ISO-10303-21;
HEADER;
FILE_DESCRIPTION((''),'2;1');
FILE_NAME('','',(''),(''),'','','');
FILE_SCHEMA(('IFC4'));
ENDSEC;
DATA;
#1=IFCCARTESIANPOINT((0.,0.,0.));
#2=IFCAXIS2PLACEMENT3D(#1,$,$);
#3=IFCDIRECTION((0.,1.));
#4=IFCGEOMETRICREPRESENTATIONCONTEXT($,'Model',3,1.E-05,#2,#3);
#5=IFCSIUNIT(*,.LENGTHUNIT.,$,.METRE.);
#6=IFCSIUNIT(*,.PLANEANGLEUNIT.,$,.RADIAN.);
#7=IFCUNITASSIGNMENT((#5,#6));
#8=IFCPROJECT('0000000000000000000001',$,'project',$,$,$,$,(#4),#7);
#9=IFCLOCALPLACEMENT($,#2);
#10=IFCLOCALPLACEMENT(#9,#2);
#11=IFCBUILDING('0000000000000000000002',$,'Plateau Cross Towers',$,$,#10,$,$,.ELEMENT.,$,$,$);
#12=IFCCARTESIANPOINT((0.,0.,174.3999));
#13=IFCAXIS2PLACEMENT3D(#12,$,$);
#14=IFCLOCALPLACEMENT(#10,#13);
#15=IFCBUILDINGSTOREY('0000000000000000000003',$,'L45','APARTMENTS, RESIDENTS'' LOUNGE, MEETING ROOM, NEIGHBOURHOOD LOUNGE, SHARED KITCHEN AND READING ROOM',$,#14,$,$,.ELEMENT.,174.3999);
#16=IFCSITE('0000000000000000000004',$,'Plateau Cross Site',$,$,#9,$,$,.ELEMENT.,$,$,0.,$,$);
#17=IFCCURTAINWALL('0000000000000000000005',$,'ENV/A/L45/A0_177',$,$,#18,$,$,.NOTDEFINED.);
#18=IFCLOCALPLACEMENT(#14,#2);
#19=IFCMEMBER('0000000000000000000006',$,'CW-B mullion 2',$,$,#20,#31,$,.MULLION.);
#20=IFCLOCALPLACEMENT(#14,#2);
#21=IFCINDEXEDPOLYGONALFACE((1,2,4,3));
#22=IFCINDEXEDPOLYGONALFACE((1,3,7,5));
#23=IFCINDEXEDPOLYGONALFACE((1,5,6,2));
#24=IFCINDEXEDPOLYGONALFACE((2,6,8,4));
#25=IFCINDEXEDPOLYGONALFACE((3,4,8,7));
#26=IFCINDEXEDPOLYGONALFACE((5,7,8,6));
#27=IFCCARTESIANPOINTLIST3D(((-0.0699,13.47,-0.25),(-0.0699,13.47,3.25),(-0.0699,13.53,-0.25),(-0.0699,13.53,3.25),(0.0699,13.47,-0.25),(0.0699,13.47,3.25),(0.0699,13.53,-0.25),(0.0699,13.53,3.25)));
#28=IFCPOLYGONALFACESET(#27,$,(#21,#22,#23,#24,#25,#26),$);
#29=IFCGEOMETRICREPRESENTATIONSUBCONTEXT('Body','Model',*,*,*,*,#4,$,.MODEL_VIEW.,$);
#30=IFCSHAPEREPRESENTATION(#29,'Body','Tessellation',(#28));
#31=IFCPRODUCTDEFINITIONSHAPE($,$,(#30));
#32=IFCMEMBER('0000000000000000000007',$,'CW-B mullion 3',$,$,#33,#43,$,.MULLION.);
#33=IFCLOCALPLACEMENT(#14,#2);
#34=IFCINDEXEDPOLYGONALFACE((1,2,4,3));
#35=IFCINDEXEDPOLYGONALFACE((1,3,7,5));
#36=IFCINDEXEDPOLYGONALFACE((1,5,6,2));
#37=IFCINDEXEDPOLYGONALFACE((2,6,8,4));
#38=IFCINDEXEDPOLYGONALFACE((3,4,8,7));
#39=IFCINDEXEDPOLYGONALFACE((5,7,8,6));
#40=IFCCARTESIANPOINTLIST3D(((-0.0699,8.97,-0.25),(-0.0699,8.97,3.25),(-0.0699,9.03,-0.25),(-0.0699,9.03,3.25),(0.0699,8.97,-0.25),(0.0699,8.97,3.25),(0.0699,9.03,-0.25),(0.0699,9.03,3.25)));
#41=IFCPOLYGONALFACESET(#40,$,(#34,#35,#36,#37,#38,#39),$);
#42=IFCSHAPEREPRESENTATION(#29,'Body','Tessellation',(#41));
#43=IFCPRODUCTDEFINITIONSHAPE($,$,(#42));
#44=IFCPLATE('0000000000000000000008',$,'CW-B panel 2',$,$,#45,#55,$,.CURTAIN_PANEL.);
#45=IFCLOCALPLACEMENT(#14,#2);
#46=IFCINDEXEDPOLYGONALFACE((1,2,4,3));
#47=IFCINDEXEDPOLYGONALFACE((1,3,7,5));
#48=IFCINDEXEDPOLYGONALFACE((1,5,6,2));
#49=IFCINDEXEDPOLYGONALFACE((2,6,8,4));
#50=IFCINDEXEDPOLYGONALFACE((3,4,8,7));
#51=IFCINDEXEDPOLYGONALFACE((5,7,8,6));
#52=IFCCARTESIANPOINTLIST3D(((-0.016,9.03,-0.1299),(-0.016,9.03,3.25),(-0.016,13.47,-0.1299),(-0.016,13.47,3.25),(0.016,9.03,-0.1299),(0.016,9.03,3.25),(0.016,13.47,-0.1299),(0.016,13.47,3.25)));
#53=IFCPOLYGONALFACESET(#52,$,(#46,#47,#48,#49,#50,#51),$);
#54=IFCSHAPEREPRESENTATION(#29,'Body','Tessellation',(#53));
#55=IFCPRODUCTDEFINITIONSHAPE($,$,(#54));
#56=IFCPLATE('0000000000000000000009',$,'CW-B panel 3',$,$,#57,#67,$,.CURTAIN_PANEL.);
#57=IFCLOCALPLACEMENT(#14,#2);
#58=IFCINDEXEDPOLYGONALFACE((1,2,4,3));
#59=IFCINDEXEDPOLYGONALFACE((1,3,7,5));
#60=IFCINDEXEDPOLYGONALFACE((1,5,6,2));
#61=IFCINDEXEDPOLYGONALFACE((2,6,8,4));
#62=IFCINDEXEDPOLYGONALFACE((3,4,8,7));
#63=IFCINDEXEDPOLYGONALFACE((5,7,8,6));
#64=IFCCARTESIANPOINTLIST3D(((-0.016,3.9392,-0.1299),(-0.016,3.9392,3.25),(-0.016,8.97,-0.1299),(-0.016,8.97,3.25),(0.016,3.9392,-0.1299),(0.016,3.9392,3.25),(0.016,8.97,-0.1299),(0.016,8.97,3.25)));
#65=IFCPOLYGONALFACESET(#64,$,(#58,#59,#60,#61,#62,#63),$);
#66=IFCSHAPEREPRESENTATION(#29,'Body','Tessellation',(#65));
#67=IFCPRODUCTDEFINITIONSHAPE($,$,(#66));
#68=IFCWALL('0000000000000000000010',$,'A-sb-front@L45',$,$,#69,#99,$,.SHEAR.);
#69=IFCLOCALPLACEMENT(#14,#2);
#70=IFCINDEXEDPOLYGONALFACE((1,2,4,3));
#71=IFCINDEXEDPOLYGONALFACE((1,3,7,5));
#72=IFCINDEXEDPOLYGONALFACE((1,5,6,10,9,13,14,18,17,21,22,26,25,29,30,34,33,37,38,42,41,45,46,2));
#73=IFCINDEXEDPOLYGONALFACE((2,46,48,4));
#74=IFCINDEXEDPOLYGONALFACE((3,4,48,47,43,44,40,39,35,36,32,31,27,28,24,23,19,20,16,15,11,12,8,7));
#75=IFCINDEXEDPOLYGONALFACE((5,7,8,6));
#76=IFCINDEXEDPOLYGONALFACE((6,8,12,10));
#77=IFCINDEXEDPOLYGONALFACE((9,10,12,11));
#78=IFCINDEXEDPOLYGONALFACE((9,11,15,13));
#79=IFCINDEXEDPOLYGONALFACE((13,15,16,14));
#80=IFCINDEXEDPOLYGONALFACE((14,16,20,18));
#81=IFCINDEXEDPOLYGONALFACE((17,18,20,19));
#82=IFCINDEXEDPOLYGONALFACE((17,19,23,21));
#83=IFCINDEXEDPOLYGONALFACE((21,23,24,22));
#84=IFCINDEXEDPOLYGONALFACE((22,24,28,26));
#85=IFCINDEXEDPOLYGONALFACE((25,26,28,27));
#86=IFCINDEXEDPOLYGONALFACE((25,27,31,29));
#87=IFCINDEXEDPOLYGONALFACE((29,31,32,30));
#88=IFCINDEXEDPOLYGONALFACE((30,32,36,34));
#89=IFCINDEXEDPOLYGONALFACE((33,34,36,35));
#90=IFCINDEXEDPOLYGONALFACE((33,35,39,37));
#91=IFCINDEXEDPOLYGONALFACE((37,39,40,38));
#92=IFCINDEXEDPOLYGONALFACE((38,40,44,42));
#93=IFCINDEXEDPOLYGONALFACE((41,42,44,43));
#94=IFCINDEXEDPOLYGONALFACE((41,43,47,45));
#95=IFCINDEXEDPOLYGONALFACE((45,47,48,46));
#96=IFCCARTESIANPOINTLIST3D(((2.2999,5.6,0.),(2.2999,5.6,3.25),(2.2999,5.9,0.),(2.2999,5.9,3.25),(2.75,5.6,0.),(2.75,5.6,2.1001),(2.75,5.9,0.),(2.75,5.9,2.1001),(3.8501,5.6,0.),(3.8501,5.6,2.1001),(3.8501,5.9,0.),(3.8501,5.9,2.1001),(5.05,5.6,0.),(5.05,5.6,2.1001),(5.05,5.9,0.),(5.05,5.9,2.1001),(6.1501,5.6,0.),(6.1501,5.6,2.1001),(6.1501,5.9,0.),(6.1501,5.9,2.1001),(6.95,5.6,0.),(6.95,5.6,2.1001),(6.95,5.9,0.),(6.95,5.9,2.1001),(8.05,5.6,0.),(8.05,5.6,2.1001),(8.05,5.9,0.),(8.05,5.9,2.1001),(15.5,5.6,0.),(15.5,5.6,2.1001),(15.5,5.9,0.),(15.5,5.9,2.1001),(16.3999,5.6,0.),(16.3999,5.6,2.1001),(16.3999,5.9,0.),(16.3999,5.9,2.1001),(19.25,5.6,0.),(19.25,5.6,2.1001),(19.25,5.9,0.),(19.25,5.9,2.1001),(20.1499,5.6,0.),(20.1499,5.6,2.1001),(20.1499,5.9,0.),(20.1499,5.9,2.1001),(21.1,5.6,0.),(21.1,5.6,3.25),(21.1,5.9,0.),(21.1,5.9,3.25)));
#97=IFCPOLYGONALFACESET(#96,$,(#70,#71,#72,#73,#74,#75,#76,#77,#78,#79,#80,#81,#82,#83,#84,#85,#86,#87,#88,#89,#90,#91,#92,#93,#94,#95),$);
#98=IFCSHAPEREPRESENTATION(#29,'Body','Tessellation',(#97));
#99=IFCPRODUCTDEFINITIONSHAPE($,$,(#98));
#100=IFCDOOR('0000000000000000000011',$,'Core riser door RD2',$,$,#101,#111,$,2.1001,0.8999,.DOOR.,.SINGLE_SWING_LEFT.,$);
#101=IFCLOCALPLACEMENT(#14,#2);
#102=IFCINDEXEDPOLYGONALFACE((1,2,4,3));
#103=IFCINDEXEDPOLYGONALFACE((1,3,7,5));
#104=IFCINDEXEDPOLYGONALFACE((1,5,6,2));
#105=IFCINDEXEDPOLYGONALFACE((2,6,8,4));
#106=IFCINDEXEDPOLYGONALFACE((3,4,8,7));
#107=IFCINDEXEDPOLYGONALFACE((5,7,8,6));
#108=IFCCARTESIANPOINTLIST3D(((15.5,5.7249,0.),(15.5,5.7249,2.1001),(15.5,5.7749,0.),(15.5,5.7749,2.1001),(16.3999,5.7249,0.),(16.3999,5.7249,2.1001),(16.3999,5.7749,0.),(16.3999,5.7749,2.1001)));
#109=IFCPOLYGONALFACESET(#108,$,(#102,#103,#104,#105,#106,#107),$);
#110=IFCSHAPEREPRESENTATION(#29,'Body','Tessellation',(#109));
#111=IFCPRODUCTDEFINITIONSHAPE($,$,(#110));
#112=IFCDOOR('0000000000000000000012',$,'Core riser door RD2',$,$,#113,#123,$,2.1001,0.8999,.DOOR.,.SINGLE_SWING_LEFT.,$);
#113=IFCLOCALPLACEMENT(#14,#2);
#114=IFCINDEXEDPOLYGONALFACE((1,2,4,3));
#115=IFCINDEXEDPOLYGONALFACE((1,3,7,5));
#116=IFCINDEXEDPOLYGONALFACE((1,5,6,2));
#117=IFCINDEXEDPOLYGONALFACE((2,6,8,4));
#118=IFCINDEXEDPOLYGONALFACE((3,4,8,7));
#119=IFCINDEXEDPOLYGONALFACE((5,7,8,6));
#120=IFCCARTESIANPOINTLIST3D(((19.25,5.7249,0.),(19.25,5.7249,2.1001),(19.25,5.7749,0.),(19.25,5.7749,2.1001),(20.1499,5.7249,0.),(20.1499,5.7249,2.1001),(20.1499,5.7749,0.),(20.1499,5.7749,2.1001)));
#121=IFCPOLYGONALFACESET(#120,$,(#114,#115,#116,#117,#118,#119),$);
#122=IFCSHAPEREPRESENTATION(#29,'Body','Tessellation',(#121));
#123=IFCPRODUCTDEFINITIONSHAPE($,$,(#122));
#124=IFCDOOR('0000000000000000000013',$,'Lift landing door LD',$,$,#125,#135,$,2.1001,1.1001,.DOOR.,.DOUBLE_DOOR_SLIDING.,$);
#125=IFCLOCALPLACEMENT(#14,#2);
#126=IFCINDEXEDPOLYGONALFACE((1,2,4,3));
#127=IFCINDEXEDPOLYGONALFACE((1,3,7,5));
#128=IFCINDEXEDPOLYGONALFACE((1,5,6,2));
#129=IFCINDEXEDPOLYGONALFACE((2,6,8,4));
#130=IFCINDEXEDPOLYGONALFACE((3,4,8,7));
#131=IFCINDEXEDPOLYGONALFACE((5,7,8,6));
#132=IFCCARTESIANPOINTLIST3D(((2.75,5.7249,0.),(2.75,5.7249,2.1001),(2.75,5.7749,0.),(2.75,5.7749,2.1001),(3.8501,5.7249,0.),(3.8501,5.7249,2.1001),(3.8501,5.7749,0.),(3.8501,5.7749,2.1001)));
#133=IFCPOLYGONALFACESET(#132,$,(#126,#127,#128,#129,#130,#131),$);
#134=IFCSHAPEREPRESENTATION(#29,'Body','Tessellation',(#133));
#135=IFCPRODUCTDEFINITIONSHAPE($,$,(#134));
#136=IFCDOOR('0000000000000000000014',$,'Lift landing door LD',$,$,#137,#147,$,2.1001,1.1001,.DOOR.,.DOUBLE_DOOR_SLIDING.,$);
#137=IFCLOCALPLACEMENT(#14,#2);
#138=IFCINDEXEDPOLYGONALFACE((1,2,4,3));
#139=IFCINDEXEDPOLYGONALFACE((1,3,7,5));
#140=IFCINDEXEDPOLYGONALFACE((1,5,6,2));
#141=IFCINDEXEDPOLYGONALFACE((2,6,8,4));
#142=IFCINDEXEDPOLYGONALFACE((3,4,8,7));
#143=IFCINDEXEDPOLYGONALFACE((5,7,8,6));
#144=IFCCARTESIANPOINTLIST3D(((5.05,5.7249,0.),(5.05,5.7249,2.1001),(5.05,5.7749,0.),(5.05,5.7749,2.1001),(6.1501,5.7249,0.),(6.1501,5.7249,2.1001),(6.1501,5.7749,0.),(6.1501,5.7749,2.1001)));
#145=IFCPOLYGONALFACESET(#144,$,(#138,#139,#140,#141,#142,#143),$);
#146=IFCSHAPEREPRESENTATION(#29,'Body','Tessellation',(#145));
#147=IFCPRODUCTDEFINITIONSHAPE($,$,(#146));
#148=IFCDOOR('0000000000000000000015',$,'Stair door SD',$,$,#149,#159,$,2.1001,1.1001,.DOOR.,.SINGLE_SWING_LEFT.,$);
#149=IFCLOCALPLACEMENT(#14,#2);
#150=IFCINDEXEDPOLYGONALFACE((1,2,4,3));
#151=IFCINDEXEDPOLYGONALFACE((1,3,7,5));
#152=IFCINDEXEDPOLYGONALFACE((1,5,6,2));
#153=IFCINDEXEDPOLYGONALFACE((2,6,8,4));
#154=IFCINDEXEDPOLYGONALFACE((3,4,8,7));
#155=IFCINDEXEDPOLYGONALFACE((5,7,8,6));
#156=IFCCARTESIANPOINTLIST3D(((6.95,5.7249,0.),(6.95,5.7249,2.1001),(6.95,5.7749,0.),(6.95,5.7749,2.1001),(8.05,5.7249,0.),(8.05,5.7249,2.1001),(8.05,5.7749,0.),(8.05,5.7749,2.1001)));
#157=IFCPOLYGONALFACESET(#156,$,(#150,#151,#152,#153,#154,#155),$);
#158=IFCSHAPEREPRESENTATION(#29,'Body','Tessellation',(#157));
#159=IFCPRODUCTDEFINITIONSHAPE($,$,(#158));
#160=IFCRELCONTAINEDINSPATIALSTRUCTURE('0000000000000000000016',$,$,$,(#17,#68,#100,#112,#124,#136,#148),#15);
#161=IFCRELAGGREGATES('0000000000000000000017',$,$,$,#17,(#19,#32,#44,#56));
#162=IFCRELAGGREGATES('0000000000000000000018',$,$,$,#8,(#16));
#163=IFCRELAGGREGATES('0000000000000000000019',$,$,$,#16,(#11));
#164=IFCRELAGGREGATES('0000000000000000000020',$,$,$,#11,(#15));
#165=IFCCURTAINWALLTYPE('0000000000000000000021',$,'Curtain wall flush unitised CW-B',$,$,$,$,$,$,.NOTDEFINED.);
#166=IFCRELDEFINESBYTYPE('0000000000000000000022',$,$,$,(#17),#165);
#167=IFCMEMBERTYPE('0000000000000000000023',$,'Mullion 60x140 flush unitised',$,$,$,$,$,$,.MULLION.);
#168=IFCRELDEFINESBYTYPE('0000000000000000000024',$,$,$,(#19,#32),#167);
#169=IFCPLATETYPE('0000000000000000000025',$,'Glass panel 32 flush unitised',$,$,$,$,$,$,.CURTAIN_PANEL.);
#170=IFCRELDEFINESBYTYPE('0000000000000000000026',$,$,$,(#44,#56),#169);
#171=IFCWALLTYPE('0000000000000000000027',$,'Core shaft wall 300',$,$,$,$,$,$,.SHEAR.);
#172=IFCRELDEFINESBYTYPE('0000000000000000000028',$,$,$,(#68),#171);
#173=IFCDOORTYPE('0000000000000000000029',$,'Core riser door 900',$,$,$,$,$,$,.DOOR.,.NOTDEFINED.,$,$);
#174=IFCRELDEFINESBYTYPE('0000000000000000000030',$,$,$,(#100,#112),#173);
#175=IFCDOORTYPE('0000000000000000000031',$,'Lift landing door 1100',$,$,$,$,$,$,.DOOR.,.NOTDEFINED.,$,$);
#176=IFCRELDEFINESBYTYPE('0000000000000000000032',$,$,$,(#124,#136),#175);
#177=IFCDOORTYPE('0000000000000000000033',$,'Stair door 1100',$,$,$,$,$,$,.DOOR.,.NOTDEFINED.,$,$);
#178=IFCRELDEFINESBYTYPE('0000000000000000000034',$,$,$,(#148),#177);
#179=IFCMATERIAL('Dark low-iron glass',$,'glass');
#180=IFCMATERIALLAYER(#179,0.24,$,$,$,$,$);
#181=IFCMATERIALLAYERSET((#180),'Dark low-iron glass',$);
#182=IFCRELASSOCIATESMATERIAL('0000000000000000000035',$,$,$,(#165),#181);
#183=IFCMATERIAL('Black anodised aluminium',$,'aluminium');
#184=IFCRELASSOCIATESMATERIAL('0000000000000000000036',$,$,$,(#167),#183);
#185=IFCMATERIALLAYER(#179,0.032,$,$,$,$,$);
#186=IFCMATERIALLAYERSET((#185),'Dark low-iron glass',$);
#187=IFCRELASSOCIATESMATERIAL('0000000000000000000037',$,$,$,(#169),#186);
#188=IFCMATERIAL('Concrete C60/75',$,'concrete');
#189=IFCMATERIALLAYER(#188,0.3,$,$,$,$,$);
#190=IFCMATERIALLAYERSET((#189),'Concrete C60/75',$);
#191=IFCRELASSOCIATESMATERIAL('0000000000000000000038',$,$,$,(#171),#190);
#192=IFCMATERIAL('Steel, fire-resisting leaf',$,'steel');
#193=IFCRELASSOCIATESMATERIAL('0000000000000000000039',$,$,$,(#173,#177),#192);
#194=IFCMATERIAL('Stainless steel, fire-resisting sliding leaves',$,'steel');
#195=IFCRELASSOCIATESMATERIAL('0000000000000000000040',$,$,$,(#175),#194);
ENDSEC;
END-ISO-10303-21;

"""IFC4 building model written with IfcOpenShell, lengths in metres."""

from ifc_helpers import new_model, si_unit, direction, frame, frame_2d, origin, origin_2d, place, context, subcontext, project, spatial, rectangle, extrude, material, layer, layer_set, material_profile, profile_set, type_object, element, fill, aggregate, save


model = new_model("IFC4")

# Units and contexts
model_context = context("Model", 3, precision=1e-05, world=origin(), true_north=direction((0.0, 1.0)))
body_context = subcontext(model_context, "Body", "Model", "MODEL_VIEW")
ifc_project = project(units=[si_unit("LENGTHUNIT", "METRE"), si_unit("PLANEANGLEUNIT", "RADIAN")], contexts=[model_context])

# Site, building, storey
site_placement = place(None, origin())
site = spatial("IfcSite", under=ifc_project, at=site_placement, Name="Plateau Cross Site", CompositionType="ELEMENT", RefElevation=0.0)
building_placement = place(site_placement, origin())
building = spatial("IfcBuilding", under=site, at=building_placement, Name="Plateau Cross Towers", CompositionType="ELEMENT")
storey_placement = place(building_placement, frame((0.0, 0.0, 174.3999)))
storey = spatial("IfcBuildingStorey", under=building, at=storey_placement, Name="L45", Description="APARTMENTS, RESIDENTS' LOUNGE, MEETING ROOM, NEIGHBOURHOOD LOUNGE, SHARED KITCHEN AND READING ROOM", CompositionType="ELEMENT", Elevation=174.3999)

# Curtain wall, members, plates
ifc_material_1 = material(Name="Dark low-iron glass", Category="glass")
ifc_layer_1 = layer(ifc_material_1, 0.24)
ifc_layer_set_1 = layer_set([ifc_layer_1], Name="Dark low-iron glass")
curtain_wall_type = type_object("IfcCurtainWallType", Name="Curtain wall flush unitised CW-B", PredefinedType="NOTDEFINED", material=ifc_layer_set_1)
curtain_wall_placement = place(storey_placement, origin())
curtain_wall = element("IfcCurtainWall", 1, at=curtain_wall_placement, inside=storey, type_object=curtain_wall_type, Name="ENV/A/L45/A0_177", PredefinedType="NOTDEFINED")
ifc_material_2 = material(Name="Black anodised aluminium", Category="aluminium")
ifc_material_profile = material_profile(ifc_material_2, rectangle(XDim=0.0601, YDim=0.1399, at=origin_2d()), Name="MULLION 60x140")
ifc_profile_set = profile_set([ifc_material_profile], Name="Black anodised aluminium")
member_type = type_object("IfcMemberType", Name="Mullion 60x140 flush unitised", PredefinedType="MULLION", material=ifc_profile_set)
member_1_placement = place(storey_placement, frame((0.0, 13.5, -0.25), z_axis=(0.0, 0.0, 1.0), x_axis=(0.0, -1.0, 0.0)))
member_1 = element("IfcMember", 2, at=member_1_placement, type_object=member_type, Name="CW-B mullion 2", PredefinedType="MULLION", context=body_context, shape_type="SweptSolid", body=[
    extrude(rectangle(XDim=0.0601, YDim=0.1399, at=origin_2d()), origin(), (0.0, 0.0, 1.0), 3.5),
])
member_2_placement = place(storey_placement, frame((0.0, 9.0, -0.25), z_axis=(0.0, 0.0, 1.0), x_axis=(0.0, -1.0, 0.0)))
member_2 = element("IfcMember", 3, at=member_2_placement, type_object=member_type, Name="CW-B mullion 3", PredefinedType="MULLION", context=body_context, shape_type="SweptSolid", body=[
    extrude(rectangle(XDim=0.0601, YDim=0.1399, at=origin_2d()), origin(), (0.0, 0.0, 1.0), 3.5),
])
ifc_layer_2 = layer(ifc_material_1, 0.032)
ifc_layer_set_2 = layer_set([ifc_layer_2], Name="Dark low-iron glass")
plate_type = type_object("IfcPlateType", Name="Glass panel 32 flush unitised", PredefinedType="CURTAIN_PANEL", material=ifc_layer_set_2)
plate_1_placement = place(storey_placement, frame((0.0, 11.25, -0.1299), z_axis=(0.0, 0.0, 1.0), x_axis=(0.0, -1.0, 0.0)))
plate_1 = element("IfcPlate", 4, at=plate_1_placement, type_object=plate_type, Name="CW-B panel 2", PredefinedType="CURTAIN_PANEL", context=body_context, shape_type="SweptSolid", body=[
    extrude(rectangle(XDim=4.4399, YDim=0.032, at=origin_2d()), origin(), (0.0, 0.0, 1.0), 3.3799),
])
plate_2_placement = place(storey_placement, frame((0.0, 6.4546, -0.1299), z_axis=(0.0, 0.0, 1.0), x_axis=(0.0, -1.0, 0.0)))
plate_2 = element("IfcPlate", 5, at=plate_2_placement, type_object=plate_type, Name="CW-B panel 3", PredefinedType="CURTAIN_PANEL", context=body_context, shape_type="SweptSolid", body=[
    extrude(rectangle(XDim=5.0308, YDim=0.032, at=origin_2d()), origin(), (0.0, 0.0, 1.0), 3.3799),
])
aggregate(curtain_wall, [member_1, member_2, plate_1, plate_2])

# Wall, openings, doors
ifc_material_3 = material(Name="Concrete C60/75", Category="concrete")
ifc_layer_3 = layer(ifc_material_3, 0.3)
ifc_layer_set_3 = layer_set([ifc_layer_3], Name="Concrete C60/75")
wall_type = type_object("IfcWallType", Name="Core shaft wall 300", PredefinedType="SHEAR", material=ifc_layer_set_3)
wall_1_placement = place(storey_placement, frame((2.3, 5.75, 0.0), z_axis=(0.0, 0.0, 1.0), x_axis=(1.0, 0.0, 0.0)))
wall_1 = element("IfcWall", 6, at=wall_1_placement, inside=storey, type_object=wall_type, Name="A-sb-front@L45", PredefinedType="SHEAR", context=body_context, shape_type="SweptSolid", body=[
    extrude(rectangle(XDim=18.8, YDim=0.3, at=frame_2d((9.3999, 0.0))), origin(), (0.0, 0.0, 1.0), 3.25),
])
opening_1_placement = place(wall_1_placement, frame((4.6499, 0.0, 0.0)))
opening_1 = element("IfcOpeningElement", 7, at=opening_1_placement, cuts=wall_1, PredefinedType="OPENING", context=body_context, shape_type="SweptSolid", body=[
    extrude(rectangle(XDim=1.1001, YDim=2.1001, at=frame_2d((0.55, 1.05))), frame((0.0, 0.1599, 0.0), z_axis=(0.0, -1.0, 0.0), x_axis=(1.0, 0.0, 0.0)), (0.0, 0.0, 1.0), 0.3201),
])
opening_2_placement = place(wall_1_placement, frame((0.45, 0.0, 0.0)))
opening_2 = element("IfcOpeningElement", 8, at=opening_2_placement, cuts=wall_1, PredefinedType="OPENING", context=body_context, shape_type="SweptSolid", body=[
    extrude(rectangle(XDim=1.1001, YDim=2.1001, at=frame_2d((0.55, 1.05))), frame((0.0, 0.1599, 0.0), z_axis=(0.0, -1.0, 0.0), x_axis=(1.0, 0.0, 0.0)), (0.0, 0.0, 1.0), 0.3201),
])
opening_3_placement = place(wall_1_placement, frame((2.75, 0.0, 0.0)))
opening_3 = element("IfcOpeningElement", 9, at=opening_3_placement, cuts=wall_1, PredefinedType="OPENING", context=body_context, shape_type="SweptSolid", body=[
    extrude(rectangle(XDim=1.1001, YDim=2.1001, at=frame_2d((0.55, 1.05))), frame((0.0, 0.1599, 0.0), z_axis=(0.0, -1.0, 0.0), x_axis=(1.0, 0.0, 0.0)), (0.0, 0.0, 1.0), 0.3201),
])
opening_4_placement = place(wall_1_placement, frame((13.2, 0.0, 0.0)))
opening_4 = element("IfcOpeningElement", 10, at=opening_4_placement, cuts=wall_1, PredefinedType="OPENING", context=body_context, shape_type="SweptSolid", body=[
    extrude(rectangle(XDim=0.8999, YDim=2.1001, at=frame_2d((0.45, 1.05))), frame((0.0, 0.1599, 0.0), z_axis=(0.0, -1.0, 0.0), x_axis=(1.0, 0.0, 0.0)), (0.0, 0.0, 1.0), 0.3201),
])
opening_5_placement = place(wall_1_placement, frame((16.95, 0.0, 0.0)))
opening_5 = element("IfcOpeningElement", 11, at=opening_5_placement, cuts=wall_1, PredefinedType="OPENING", context=body_context, shape_type="SweptSolid", body=[
    extrude(rectangle(XDim=0.8999, YDim=2.1001, at=frame_2d((0.45, 1.05))), frame((0.0, 0.1599, 0.0), z_axis=(0.0, -1.0, 0.0), x_axis=(1.0, 0.0, 0.0)), (0.0, 0.0, 1.0), 0.3201),
])
ifc_material_4 = material(Name="Steel, fire-resisting leaf", Category="steel")
door_type_1 = type_object("IfcDoorType", Name="Core riser door 900", OperationType="NOTDEFINED", PredefinedType="DOOR", material=ifc_material_4)
door_1_placement = place(opening_4_placement, origin())
door_1 = element("IfcDoor", 12, at=door_1_placement, inside=storey, type_object=door_type_1, Name="Core riser door RD2", OperationType="SINGLE_SWING_LEFT", OverallHeight=2.1001, OverallWidth=0.8999, PredefinedType="DOOR", context=body_context, shape_type="SweptSolid", body=[
    extrude(rectangle(XDim=0.8999, YDim=2.1001, at=frame_2d((0.45, 1.05))), frame((0.0, 0.0249, 0.0), z_axis=(0.0, -1.0, 0.0), x_axis=(1.0, 0.0, 0.0)), (0.0, 0.0, 1.0), 0.05),
])
fill(opening_4, door_1)
door_2_placement = place(opening_5_placement, origin())
door_2 = element("IfcDoor", 13, at=door_2_placement, inside=storey, type_object=door_type_1, Name="Core riser door RD2", OperationType="SINGLE_SWING_LEFT", OverallHeight=2.1001, OverallWidth=0.8999, PredefinedType="DOOR", context=body_context, shape_type="SweptSolid", body=[
    extrude(rectangle(XDim=0.8999, YDim=2.1001, at=frame_2d((0.45, 1.05))), frame((0.0, 0.0249, 0.0), z_axis=(0.0, -1.0, 0.0), x_axis=(1.0, 0.0, 0.0)), (0.0, 0.0, 1.0), 0.05),
])
fill(opening_5, door_2)
ifc_material_5 = material(Name="Stainless steel, fire-resisting sliding leaves", Category="steel")
door_type_2 = type_object("IfcDoorType", Name="Lift landing door 1100", OperationType="NOTDEFINED", PredefinedType="DOOR", material=ifc_material_5)
door_3_placement = place(opening_2_placement, origin())
door_3 = element("IfcDoor", 14, at=door_3_placement, inside=storey, type_object=door_type_2, Name="Lift landing door LD", OperationType="DOUBLE_DOOR_SLIDING", OverallHeight=2.1001, OverallWidth=1.1001, PredefinedType="DOOR", context=body_context, shape_type="SweptSolid", body=[
    extrude(rectangle(XDim=1.1001, YDim=2.1001, at=frame_2d((0.55, 1.05))), frame((0.0, 0.0249, 0.0), z_axis=(0.0, -1.0, 0.0), x_axis=(1.0, 0.0, 0.0)), (0.0, 0.0, 1.0), 0.05),
])
fill(opening_2, door_3)
door_4_placement = place(opening_3_placement, origin())
door_4 = element("IfcDoor", 15, at=door_4_placement, inside=storey, type_object=door_type_2, Name="Lift landing door LD", OperationType="DOUBLE_DOOR_SLIDING", OverallHeight=2.1001, OverallWidth=1.1001, PredefinedType="DOOR", context=body_context, shape_type="SweptSolid", body=[
    extrude(rectangle(XDim=1.1001, YDim=2.1001, at=frame_2d((0.55, 1.05))), frame((0.0, 0.0249, 0.0), z_axis=(0.0, -1.0, 0.0), x_axis=(1.0, 0.0, 0.0)), (0.0, 0.0, 1.0), 0.05),
])
fill(opening_3, door_4)
door_type_3 = type_object("IfcDoorType", Name="Stair door 1100", OperationType="NOTDEFINED", PredefinedType="DOOR", material=ifc_material_4)
door_5_placement = place(opening_1_placement, origin())
door_5 = element("IfcDoor", 16, at=door_5_placement, inside=storey, type_object=door_type_3, Name="Stair door SD", OperationType="SINGLE_SWING_LEFT", OverallHeight=2.1001, OverallWidth=1.1001, PredefinedType="DOOR", context=body_context, shape_type="SweptSolid", body=[
    extrude(rectangle(XDim=1.1001, YDim=2.1001, at=frame_2d((0.55, 1.05))), frame((0.0, 0.0249, 0.0), z_axis=(0.0, -1.0, 0.0), x_axis=(1.0, 0.0, 0.0)), (0.0, 0.0, 1.0), 0.05),
])
fill(opening_1, door_5)

save(model, "model.ifc")
